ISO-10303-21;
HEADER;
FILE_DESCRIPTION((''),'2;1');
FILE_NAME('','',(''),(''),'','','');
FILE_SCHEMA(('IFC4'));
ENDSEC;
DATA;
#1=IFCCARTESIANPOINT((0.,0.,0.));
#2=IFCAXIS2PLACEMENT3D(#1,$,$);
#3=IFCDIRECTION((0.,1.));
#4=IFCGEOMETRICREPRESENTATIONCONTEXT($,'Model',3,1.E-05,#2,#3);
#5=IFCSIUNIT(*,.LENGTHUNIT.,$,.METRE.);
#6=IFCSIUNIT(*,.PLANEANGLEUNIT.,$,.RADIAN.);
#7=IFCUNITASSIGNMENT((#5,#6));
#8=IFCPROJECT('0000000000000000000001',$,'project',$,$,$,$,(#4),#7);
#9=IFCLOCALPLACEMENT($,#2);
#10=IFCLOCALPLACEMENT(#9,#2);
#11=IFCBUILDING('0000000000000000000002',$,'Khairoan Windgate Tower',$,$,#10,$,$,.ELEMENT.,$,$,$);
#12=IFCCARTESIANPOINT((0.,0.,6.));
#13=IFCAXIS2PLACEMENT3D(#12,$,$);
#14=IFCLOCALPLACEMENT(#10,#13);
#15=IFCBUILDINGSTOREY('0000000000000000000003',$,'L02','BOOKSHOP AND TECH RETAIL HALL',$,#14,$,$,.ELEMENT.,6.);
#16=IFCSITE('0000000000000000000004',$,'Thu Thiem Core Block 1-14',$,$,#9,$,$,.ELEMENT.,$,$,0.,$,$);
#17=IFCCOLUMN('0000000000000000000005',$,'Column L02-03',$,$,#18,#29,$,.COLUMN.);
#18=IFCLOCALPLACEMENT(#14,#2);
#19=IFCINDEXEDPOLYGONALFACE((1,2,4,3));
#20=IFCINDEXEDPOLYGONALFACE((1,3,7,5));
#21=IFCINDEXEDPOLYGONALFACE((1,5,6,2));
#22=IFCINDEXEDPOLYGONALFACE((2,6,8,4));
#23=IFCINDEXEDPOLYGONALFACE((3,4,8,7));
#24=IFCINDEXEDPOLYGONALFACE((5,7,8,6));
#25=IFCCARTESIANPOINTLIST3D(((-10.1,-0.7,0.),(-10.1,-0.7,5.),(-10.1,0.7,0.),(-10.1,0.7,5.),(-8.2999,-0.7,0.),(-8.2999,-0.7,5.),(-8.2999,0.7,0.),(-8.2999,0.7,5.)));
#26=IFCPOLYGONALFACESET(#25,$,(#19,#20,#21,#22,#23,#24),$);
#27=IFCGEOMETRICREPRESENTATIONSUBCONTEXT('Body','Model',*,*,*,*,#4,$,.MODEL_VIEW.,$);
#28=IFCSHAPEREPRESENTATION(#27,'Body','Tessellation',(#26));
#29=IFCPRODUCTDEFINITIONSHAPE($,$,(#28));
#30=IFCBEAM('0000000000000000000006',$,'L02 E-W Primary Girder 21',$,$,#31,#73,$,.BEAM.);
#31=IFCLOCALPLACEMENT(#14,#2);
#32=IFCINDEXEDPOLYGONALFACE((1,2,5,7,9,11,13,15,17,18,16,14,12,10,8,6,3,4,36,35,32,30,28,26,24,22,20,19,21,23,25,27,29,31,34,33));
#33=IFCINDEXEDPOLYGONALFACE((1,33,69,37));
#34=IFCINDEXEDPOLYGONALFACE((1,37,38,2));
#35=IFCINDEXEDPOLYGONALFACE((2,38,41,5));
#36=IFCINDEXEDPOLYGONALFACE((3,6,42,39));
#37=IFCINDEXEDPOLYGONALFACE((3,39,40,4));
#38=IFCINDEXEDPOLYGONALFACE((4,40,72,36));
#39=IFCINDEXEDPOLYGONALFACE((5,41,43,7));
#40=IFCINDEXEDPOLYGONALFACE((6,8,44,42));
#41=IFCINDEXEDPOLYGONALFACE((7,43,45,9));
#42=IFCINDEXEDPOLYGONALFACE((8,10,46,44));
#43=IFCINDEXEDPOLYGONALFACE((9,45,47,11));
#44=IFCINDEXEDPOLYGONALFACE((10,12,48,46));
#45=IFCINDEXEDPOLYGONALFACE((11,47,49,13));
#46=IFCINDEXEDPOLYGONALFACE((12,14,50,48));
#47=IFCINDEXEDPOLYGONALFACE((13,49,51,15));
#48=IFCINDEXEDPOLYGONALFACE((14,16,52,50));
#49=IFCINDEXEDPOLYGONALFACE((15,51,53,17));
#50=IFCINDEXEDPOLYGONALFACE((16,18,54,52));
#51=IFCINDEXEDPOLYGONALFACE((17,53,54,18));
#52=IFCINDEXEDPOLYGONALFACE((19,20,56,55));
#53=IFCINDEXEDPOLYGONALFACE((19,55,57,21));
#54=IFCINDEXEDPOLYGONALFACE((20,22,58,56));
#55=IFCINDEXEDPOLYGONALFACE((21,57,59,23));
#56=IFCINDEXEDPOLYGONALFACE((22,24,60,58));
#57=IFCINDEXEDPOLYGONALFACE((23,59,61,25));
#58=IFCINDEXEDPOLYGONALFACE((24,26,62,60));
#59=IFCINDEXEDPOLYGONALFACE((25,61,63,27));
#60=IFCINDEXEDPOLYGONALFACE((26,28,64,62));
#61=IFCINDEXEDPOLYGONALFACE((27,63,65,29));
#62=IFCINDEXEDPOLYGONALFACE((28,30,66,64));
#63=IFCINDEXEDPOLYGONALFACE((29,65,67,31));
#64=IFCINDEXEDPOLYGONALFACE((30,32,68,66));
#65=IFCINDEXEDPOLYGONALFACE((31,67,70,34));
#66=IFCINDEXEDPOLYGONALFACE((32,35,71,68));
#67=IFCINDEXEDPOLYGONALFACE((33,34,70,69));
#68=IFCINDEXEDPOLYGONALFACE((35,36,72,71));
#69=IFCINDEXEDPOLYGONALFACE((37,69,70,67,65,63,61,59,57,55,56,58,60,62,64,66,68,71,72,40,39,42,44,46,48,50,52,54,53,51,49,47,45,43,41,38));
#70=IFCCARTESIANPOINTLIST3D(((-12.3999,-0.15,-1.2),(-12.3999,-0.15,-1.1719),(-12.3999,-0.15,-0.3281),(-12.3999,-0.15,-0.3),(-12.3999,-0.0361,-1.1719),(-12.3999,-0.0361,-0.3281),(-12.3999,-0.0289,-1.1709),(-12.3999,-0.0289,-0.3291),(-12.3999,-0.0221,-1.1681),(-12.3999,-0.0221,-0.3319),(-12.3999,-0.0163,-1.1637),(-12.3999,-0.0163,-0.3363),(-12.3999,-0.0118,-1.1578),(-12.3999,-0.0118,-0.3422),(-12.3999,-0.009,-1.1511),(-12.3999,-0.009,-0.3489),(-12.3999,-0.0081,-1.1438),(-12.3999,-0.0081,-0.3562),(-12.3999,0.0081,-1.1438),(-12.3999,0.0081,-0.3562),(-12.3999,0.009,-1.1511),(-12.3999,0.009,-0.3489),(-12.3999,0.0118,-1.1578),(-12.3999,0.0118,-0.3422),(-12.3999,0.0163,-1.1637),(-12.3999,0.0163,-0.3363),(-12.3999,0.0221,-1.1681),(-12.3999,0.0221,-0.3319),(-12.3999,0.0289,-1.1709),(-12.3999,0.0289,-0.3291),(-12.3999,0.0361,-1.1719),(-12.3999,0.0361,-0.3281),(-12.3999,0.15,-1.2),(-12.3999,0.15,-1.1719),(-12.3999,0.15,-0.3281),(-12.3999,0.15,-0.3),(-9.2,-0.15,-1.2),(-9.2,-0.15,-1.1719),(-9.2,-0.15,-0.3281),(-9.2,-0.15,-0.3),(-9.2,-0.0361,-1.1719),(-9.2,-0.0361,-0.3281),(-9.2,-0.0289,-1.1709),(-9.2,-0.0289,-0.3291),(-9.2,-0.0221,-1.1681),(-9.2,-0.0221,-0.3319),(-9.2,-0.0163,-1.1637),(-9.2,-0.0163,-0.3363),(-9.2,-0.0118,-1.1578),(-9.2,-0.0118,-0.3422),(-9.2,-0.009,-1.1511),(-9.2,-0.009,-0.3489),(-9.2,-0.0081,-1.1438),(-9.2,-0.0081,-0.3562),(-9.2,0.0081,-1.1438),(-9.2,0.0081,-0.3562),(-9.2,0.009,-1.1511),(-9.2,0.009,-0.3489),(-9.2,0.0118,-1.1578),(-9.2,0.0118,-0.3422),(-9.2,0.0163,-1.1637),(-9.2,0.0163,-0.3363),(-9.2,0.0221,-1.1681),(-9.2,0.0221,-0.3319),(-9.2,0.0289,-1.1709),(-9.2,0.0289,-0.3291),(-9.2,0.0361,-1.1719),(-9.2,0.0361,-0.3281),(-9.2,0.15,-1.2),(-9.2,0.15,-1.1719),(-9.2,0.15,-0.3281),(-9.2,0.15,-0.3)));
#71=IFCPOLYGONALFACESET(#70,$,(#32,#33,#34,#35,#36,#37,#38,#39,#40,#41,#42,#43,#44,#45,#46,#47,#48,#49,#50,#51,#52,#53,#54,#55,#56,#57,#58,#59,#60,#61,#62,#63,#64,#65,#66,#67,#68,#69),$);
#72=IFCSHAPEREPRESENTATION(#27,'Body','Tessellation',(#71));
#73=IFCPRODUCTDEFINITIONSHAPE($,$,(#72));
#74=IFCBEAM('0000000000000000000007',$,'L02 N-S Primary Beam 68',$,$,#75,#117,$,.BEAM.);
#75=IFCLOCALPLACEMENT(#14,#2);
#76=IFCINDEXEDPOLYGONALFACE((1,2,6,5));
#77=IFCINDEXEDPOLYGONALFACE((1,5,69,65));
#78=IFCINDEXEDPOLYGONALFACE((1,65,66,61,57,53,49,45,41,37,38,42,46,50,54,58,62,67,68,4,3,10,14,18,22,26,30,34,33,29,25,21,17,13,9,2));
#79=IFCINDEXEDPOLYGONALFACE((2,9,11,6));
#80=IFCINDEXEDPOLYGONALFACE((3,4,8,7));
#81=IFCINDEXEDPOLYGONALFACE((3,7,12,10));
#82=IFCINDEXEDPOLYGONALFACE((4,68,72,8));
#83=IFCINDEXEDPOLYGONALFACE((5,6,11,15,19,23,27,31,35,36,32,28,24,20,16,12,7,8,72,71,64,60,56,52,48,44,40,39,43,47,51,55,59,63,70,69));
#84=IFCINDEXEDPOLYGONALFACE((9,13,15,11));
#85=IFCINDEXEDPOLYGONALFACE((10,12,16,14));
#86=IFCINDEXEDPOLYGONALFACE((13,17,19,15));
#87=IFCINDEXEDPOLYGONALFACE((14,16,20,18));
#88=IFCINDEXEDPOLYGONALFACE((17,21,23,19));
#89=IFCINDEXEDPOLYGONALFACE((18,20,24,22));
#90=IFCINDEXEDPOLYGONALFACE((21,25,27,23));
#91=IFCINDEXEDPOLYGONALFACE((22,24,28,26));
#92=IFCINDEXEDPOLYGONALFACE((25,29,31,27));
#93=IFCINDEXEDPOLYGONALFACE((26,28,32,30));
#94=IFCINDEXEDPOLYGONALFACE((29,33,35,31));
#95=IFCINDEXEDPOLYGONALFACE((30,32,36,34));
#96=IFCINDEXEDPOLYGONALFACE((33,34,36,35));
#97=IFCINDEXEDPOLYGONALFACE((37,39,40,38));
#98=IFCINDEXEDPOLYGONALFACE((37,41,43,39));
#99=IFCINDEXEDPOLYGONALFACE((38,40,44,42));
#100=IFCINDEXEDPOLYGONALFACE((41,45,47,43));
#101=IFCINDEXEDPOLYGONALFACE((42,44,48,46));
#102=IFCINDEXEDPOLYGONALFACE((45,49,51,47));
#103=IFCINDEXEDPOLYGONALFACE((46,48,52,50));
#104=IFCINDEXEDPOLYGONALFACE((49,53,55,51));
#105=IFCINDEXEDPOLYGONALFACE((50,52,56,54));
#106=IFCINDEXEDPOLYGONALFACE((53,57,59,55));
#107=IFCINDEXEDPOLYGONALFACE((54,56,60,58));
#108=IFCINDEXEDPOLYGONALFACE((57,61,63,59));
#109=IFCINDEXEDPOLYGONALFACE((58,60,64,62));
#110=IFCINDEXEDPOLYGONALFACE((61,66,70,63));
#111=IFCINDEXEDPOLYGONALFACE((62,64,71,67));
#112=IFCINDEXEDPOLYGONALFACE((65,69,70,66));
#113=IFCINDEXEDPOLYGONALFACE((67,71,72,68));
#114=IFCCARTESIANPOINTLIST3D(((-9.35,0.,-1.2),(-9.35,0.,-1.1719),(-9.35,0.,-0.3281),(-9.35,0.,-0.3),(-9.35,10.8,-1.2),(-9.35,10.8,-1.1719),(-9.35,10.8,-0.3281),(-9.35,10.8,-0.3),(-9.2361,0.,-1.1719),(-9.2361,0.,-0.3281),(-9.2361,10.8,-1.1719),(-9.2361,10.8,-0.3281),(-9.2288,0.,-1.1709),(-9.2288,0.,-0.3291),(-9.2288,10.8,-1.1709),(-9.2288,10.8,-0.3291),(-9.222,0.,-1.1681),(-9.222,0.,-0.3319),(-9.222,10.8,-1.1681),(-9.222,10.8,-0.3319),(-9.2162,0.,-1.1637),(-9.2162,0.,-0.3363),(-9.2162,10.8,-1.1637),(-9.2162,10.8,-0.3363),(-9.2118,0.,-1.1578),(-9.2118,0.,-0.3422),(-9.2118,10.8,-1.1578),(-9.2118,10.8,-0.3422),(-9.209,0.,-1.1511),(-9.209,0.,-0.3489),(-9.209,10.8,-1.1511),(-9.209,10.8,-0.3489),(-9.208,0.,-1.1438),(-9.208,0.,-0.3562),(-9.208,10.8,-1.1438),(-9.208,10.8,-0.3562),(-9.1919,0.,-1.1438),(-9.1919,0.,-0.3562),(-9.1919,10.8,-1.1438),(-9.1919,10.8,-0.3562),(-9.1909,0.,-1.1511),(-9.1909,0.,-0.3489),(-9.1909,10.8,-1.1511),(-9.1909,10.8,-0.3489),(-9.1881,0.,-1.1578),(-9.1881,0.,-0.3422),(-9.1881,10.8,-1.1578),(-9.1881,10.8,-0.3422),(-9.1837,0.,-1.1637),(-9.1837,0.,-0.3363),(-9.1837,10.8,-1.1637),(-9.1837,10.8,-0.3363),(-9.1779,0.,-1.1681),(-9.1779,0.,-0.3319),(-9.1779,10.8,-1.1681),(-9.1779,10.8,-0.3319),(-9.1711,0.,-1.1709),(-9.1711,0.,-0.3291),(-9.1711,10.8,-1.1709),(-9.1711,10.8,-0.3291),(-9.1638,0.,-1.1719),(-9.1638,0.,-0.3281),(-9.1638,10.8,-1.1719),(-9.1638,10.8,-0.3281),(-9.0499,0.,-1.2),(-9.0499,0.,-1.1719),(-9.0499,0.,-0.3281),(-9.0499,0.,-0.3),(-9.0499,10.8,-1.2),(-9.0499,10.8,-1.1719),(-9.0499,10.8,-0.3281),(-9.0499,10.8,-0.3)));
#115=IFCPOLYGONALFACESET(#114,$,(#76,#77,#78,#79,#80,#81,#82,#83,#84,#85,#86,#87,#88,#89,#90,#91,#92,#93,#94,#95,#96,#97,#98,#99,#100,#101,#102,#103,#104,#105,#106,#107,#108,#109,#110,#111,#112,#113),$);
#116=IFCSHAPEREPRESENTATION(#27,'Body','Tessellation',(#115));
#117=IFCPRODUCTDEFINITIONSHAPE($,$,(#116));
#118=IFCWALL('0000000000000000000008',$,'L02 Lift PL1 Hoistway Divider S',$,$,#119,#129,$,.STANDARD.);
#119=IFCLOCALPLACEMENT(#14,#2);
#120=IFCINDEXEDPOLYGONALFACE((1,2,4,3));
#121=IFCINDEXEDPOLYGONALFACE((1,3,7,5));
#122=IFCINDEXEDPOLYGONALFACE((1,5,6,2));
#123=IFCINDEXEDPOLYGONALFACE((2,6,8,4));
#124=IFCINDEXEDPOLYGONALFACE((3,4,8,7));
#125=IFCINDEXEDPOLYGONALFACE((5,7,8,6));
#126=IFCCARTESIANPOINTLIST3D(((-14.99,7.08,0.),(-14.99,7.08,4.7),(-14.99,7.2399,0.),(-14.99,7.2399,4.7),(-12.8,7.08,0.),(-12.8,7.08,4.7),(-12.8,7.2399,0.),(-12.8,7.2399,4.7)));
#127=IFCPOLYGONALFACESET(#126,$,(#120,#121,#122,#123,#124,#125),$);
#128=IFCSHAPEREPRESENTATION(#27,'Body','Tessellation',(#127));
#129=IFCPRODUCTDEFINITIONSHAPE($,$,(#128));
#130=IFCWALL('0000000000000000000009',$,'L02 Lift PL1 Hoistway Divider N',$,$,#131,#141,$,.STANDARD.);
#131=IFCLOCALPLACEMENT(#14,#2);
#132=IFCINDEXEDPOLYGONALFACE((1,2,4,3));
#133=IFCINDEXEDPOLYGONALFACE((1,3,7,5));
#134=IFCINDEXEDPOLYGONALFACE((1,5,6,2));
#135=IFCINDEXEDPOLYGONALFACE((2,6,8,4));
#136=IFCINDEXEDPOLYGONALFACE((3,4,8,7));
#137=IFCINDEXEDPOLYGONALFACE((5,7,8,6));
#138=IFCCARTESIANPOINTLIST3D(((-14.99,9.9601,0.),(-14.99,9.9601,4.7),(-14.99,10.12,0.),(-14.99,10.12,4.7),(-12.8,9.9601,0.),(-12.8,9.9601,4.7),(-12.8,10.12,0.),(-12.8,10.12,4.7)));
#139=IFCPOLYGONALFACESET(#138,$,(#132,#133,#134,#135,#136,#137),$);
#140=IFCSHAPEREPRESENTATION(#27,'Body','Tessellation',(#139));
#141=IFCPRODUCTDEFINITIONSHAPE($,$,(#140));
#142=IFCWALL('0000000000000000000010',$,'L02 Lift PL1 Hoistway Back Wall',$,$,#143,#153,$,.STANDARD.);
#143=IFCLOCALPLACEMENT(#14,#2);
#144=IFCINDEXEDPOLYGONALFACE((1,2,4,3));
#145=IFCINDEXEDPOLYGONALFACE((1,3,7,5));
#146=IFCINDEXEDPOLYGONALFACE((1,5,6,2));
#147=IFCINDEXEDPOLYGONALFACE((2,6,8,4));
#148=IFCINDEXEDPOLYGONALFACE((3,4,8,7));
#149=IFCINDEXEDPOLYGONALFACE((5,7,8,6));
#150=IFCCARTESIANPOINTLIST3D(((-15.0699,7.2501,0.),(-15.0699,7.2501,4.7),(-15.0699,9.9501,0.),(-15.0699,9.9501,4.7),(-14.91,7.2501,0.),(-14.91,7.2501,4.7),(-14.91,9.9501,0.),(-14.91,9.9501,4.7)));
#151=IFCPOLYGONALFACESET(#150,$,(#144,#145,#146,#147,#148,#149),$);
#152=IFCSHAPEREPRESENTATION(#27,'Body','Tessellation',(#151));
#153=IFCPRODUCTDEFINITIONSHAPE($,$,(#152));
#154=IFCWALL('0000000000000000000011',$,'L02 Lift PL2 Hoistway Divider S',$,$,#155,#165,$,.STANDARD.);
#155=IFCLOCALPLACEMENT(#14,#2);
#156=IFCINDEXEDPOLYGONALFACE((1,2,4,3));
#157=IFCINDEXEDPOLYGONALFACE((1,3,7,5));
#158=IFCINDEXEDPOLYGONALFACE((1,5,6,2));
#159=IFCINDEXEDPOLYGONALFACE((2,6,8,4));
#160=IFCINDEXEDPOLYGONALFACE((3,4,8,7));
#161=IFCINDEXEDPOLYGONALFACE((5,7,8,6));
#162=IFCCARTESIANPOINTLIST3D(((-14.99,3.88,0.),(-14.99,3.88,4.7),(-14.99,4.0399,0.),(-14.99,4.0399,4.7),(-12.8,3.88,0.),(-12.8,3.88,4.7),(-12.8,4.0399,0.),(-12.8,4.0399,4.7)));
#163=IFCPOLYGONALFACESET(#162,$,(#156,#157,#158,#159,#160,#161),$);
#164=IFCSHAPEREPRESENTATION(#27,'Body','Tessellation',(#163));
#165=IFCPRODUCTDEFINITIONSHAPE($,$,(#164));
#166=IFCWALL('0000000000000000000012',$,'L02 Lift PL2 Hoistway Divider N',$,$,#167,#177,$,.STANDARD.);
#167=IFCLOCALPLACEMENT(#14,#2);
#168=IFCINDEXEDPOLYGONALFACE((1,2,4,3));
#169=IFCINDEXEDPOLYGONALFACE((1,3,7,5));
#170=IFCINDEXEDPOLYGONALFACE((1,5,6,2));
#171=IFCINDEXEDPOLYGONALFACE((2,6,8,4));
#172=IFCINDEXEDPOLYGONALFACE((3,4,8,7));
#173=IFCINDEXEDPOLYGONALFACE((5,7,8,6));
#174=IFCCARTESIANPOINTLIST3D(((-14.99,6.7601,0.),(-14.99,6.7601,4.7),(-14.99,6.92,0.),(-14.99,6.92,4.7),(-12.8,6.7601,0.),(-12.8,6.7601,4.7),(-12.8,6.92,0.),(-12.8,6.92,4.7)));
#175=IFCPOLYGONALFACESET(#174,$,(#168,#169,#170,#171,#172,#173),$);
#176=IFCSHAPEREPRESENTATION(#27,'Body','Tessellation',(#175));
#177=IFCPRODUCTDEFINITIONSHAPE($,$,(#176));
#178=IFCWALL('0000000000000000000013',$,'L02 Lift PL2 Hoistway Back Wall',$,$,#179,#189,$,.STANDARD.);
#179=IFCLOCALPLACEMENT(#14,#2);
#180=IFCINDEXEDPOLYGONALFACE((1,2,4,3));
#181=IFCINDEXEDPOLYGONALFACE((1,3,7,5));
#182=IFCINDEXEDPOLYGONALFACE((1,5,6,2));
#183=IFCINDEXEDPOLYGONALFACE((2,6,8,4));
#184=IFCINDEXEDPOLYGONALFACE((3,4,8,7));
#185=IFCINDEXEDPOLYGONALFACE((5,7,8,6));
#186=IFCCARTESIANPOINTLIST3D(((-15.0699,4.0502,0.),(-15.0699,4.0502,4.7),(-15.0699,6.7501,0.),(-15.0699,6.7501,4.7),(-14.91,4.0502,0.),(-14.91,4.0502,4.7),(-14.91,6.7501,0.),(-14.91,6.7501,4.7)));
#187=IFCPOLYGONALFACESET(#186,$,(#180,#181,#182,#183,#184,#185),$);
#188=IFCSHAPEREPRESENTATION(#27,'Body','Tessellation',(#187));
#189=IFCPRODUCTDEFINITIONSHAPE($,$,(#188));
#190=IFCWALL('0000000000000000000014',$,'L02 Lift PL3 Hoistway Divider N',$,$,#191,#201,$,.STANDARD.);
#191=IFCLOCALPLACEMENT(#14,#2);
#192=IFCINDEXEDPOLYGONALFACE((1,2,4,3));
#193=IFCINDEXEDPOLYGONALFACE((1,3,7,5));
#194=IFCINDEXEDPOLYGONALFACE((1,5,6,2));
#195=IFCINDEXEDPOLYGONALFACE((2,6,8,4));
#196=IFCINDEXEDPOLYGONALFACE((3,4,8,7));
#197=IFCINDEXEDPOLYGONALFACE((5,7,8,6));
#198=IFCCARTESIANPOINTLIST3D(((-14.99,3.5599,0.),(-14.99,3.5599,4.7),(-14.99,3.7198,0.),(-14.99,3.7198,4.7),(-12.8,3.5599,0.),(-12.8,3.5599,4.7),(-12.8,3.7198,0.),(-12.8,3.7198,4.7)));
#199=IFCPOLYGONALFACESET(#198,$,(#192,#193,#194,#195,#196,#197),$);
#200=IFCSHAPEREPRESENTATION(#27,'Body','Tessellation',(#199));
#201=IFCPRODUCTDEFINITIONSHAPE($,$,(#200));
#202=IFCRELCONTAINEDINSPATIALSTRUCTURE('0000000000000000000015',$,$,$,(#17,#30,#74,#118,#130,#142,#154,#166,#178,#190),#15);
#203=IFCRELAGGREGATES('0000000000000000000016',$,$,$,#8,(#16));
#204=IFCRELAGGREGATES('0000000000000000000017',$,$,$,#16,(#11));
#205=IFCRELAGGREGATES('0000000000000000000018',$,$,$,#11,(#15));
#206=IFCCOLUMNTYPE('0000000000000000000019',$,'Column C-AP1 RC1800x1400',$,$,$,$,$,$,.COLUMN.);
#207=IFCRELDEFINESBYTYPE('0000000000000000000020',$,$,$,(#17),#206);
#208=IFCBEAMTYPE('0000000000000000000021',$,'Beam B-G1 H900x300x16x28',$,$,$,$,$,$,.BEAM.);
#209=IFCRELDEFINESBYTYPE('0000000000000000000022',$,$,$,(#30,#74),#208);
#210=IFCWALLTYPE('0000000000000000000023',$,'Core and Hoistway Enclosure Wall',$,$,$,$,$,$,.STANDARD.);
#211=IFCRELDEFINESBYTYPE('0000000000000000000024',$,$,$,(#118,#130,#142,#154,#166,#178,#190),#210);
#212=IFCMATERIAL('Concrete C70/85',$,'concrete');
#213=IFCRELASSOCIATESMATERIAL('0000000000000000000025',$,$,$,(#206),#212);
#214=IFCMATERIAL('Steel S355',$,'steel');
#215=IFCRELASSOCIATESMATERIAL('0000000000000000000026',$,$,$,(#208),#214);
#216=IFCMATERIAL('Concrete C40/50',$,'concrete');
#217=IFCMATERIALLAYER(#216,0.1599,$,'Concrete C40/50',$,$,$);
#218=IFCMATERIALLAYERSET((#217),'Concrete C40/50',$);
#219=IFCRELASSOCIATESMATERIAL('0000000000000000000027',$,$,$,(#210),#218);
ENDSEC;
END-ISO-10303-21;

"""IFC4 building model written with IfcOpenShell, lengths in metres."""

from ifc_helpers import new_model, si_unit, direction, frame, frame_2d, origin, origin_2d, place, context, subcontext, project, spatial, rectangle, i_section, extrude, material, layer, layer_set, material_profile, profile_set, type_object, element, save


model = new_model("IFC4")

# Units and contexts
model_context = context("Model", 3, precision=1e-05, world=origin(), true_north=direction((0.0, 1.0)))
body_context = subcontext(model_context, "Body", "Model", "MODEL_VIEW")
ifc_project = project(units=[si_unit("LENGTHUNIT", "METRE"), si_unit("PLANEANGLEUNIT", "RADIAN")], contexts=[model_context])

# Site, building, storey
site_placement = place(None, origin())
site = spatial("IfcSite", under=ifc_project, at=site_placement, Name="Thu Thiem Core Block 1-14", CompositionType="ELEMENT", RefElevation=0.0)
building_placement = place(site_placement, origin())
building = spatial("IfcBuilding", under=site, at=building_placement, Name="Khairoan Windgate Tower", CompositionType="ELEMENT")
storey_placement = place(building_placement, frame((0.0, 0.0, 6.0)))
storey = spatial("IfcBuildingStorey", under=building, at=storey_placement, Name="L02", Description="BOOKSHOP AND TECH RETAIL HALL", CompositionType="ELEMENT", Elevation=6.0)

# Column
ifc_material_1 = material(Name="Concrete C70/85", Category="concrete")
ifc_material_profile_1 = material_profile(ifc_material_1, rectangle(XDim=1.8, YDim=1.3999, at=origin_2d()))
ifc_profile_set_1 = profile_set([ifc_material_profile_1], Name="Concrete C70/85")
column_type = type_object("IfcColumnType", Name="Column C-AP1 RC1800x1400", PredefinedType="COLUMN", material=ifc_profile_set_1)
column_placement = place(storey_placement, frame((-9.2, 0.0, 0.0), z_axis=(0.0, 0.0, 1.0), x_axis=(1.0, 0.0, 0.0)))
element("IfcColumn", 1, at=column_placement, inside=storey, type_object=column_type, Name="Column L02-03", PredefinedType="COLUMN", context=body_context, shape_type="SweptSolid", body=[
    extrude(rectangle(XDim=1.8, YDim=1.3999, at=origin_2d()), origin(), (0.0, 0.0, 1.0), 5.0),
])

# Beams
ifc_material_2 = material(Name="Steel S355", Category="steel")
ifc_material_profile_2 = material_profile(ifc_material_2, i_section(OverallWidth=0.3, OverallDepth=0.8999, WebThickness=0.0161, FlangeThickness=0.0281, FilletRadius=0.0281, at=origin_2d()))
ifc_profile_set_2 = profile_set([ifc_material_profile_2], Name="Steel S355")
beam_type = type_object("IfcBeamType", Name="Beam B-G1 H900x300x16x28", PredefinedType="BEAM", material=ifc_profile_set_2)
beam_1_placement = place(storey_placement, frame((-12.3999, 0.0, -0.75), z_axis=(1.0, 0.0, 0.0), x_axis=(0.0, 1.0, 0.0)))
element("IfcBeam", 2, at=beam_1_placement, inside=storey, type_object=beam_type, Name="L02 E-W Primary Girder 21", PredefinedType="BEAM", context=body_context, shape_type="SweptSolid", body=[
    extrude(i_section(OverallWidth=0.3, OverallDepth=0.8999, WebThickness=0.0161, FlangeThickness=0.0281, FilletRadius=0.0281, at=origin_2d()), origin(), (0.0, 0.0, 1.0), 3.2),
])
beam_2_placement = place(storey_placement, frame((-9.2, 0.0, -0.75), z_axis=(0.0, 1.0, 0.0), x_axis=(-1.0, 0.0, 0.0)))
element("IfcBeam", 3, at=beam_2_placement, inside=storey, type_object=beam_type, Name="L02 N-S Primary Beam 68", PredefinedType="BEAM", context=body_context, shape_type="SweptSolid", body=[
    extrude(i_section(OverallWidth=0.3, OverallDepth=0.8999, WebThickness=0.0161, FlangeThickness=0.0281, FilletRadius=0.0281, at=origin_2d()), origin(), (0.0, 0.0, 1.0), 10.8),
])

# Walls
ifc_material_3 = material(Name="Concrete C40/50", Category="concrete")
ifc_layer_1 = layer(ifc_material_3, 0.1599, Name="Concrete C40/50")
ifc_layer_set_1 = layer_set([ifc_layer_1], Name="Concrete C40/50")
wall_type_1 = type_object("IfcWallType", Name="Core and Hoistway Enclosure Wall", PredefinedType="STANDARD", material=ifc_layer_set_1)
for number, where, z_axis, x_axis, name in (
    (4, (-14.99, 7.1599, 0.0), (0.0, 0.0, 1.0), (1.0, 0.0, 0.0), "L02 Lift PL1 Hoistway Divider S"),
    (5, (-14.99, 10.04, 0.0), (0.0, 0.0, 1.0), (1.0, 0.0, 0.0), "L02 Lift PL1 Hoistway Divider N"),
):
    element("IfcWall", number, at=place(storey_placement, frame(where, z_axis=z_axis, x_axis=x_axis)), inside=storey, type_object=wall_type_1, Name=name, PredefinedType="STANDARD", context=body_context, shape_type="SweptSolid", body=[
        extrude(rectangle(XDim=2.1899, YDim=0.1599, at=frame_2d((1.095, 0.0))), origin(), (0.0, 0.0, 1.0), 4.7),
    ])
wall_1_placement = place(storey_placement, frame((-14.99, 7.25, 0.0), z_axis=(0.0, 0.0, 1.0), x_axis=(0.0, 1.0, 0.0)))
element("IfcWall", 6, at=wall_1_placement, inside=storey, type_object=wall_type_1, Name="L02 Lift PL1 Hoistway Back Wall", PredefinedType="STANDARD", context=body_context, shape_type="SweptSolid", body=[
    extrude(rectangle(XDim=2.7, YDim=0.1599, at=frame_2d((1.3501, 0.0))), origin(), (0.0, 0.0, 1.0), 4.7),
])
for number, where, z_axis, x_axis, name in (
    (7, (-14.99, 3.96, 0.0), (0.0, 0.0, 1.0), (1.0, 0.0, 0.0), "L02 Lift PL2 Hoistway Divider S"),
    (8, (-14.99, 6.8401, 0.0), (0.0, 0.0, 1.0), (1.0, 0.0, 0.0), "L02 Lift PL2 Hoistway Divider N"),
):
    element("IfcWall", number, at=place(storey_placement, frame(where, z_axis=z_axis, x_axis=x_axis)), inside=storey, type_object=wall_type_1, Name=name, PredefinedType="STANDARD", context=body_context, shape_type="SweptSolid", body=[
        extrude(rectangle(XDim=2.1899, YDim=0.1599, at=frame_2d((1.095, 0.0))), origin(), (0.0, 0.0, 1.0), 4.7),
    ])
wall_2_placement = place(storey_placement, frame((-14.99, 4.05, 0.0), z_axis=(0.0, 0.0, 1.0), x_axis=(0.0, 1.0, 0.0)))
element("IfcWall", 9, at=wall_2_placement, inside=storey, type_object=wall_type_1, Name="L02 Lift PL2 Hoistway Back Wall", PredefinedType="STANDARD", context=body_context, shape_type="SweptSolid", body=[
    extrude(rectangle(XDim=2.7, YDim=0.1599, at=frame_2d((1.3501, 0.0))), origin(), (0.0, 0.0, 1.0), 4.7),
])
wall_3_placement = place(storey_placement, frame((-14.99, 3.6399, 0.0), z_axis=(0.0, 0.0, 1.0), x_axis=(1.0, 0.0, 0.0)))
element("IfcWall", 10, at=wall_3_placement, inside=storey, type_object=wall_type_1, Name="L02 Lift PL3 Hoistway Divider N", PredefinedType="STANDARD", context=body_context, shape_type="SweptSolid", body=[
    extrude(rectangle(XDim=2.1899, YDim=0.1599, at=frame_2d((1.095, 0.0))), origin(), (0.0, 0.0, 1.0), 4.7),
])

save(model, "model.ifc")
